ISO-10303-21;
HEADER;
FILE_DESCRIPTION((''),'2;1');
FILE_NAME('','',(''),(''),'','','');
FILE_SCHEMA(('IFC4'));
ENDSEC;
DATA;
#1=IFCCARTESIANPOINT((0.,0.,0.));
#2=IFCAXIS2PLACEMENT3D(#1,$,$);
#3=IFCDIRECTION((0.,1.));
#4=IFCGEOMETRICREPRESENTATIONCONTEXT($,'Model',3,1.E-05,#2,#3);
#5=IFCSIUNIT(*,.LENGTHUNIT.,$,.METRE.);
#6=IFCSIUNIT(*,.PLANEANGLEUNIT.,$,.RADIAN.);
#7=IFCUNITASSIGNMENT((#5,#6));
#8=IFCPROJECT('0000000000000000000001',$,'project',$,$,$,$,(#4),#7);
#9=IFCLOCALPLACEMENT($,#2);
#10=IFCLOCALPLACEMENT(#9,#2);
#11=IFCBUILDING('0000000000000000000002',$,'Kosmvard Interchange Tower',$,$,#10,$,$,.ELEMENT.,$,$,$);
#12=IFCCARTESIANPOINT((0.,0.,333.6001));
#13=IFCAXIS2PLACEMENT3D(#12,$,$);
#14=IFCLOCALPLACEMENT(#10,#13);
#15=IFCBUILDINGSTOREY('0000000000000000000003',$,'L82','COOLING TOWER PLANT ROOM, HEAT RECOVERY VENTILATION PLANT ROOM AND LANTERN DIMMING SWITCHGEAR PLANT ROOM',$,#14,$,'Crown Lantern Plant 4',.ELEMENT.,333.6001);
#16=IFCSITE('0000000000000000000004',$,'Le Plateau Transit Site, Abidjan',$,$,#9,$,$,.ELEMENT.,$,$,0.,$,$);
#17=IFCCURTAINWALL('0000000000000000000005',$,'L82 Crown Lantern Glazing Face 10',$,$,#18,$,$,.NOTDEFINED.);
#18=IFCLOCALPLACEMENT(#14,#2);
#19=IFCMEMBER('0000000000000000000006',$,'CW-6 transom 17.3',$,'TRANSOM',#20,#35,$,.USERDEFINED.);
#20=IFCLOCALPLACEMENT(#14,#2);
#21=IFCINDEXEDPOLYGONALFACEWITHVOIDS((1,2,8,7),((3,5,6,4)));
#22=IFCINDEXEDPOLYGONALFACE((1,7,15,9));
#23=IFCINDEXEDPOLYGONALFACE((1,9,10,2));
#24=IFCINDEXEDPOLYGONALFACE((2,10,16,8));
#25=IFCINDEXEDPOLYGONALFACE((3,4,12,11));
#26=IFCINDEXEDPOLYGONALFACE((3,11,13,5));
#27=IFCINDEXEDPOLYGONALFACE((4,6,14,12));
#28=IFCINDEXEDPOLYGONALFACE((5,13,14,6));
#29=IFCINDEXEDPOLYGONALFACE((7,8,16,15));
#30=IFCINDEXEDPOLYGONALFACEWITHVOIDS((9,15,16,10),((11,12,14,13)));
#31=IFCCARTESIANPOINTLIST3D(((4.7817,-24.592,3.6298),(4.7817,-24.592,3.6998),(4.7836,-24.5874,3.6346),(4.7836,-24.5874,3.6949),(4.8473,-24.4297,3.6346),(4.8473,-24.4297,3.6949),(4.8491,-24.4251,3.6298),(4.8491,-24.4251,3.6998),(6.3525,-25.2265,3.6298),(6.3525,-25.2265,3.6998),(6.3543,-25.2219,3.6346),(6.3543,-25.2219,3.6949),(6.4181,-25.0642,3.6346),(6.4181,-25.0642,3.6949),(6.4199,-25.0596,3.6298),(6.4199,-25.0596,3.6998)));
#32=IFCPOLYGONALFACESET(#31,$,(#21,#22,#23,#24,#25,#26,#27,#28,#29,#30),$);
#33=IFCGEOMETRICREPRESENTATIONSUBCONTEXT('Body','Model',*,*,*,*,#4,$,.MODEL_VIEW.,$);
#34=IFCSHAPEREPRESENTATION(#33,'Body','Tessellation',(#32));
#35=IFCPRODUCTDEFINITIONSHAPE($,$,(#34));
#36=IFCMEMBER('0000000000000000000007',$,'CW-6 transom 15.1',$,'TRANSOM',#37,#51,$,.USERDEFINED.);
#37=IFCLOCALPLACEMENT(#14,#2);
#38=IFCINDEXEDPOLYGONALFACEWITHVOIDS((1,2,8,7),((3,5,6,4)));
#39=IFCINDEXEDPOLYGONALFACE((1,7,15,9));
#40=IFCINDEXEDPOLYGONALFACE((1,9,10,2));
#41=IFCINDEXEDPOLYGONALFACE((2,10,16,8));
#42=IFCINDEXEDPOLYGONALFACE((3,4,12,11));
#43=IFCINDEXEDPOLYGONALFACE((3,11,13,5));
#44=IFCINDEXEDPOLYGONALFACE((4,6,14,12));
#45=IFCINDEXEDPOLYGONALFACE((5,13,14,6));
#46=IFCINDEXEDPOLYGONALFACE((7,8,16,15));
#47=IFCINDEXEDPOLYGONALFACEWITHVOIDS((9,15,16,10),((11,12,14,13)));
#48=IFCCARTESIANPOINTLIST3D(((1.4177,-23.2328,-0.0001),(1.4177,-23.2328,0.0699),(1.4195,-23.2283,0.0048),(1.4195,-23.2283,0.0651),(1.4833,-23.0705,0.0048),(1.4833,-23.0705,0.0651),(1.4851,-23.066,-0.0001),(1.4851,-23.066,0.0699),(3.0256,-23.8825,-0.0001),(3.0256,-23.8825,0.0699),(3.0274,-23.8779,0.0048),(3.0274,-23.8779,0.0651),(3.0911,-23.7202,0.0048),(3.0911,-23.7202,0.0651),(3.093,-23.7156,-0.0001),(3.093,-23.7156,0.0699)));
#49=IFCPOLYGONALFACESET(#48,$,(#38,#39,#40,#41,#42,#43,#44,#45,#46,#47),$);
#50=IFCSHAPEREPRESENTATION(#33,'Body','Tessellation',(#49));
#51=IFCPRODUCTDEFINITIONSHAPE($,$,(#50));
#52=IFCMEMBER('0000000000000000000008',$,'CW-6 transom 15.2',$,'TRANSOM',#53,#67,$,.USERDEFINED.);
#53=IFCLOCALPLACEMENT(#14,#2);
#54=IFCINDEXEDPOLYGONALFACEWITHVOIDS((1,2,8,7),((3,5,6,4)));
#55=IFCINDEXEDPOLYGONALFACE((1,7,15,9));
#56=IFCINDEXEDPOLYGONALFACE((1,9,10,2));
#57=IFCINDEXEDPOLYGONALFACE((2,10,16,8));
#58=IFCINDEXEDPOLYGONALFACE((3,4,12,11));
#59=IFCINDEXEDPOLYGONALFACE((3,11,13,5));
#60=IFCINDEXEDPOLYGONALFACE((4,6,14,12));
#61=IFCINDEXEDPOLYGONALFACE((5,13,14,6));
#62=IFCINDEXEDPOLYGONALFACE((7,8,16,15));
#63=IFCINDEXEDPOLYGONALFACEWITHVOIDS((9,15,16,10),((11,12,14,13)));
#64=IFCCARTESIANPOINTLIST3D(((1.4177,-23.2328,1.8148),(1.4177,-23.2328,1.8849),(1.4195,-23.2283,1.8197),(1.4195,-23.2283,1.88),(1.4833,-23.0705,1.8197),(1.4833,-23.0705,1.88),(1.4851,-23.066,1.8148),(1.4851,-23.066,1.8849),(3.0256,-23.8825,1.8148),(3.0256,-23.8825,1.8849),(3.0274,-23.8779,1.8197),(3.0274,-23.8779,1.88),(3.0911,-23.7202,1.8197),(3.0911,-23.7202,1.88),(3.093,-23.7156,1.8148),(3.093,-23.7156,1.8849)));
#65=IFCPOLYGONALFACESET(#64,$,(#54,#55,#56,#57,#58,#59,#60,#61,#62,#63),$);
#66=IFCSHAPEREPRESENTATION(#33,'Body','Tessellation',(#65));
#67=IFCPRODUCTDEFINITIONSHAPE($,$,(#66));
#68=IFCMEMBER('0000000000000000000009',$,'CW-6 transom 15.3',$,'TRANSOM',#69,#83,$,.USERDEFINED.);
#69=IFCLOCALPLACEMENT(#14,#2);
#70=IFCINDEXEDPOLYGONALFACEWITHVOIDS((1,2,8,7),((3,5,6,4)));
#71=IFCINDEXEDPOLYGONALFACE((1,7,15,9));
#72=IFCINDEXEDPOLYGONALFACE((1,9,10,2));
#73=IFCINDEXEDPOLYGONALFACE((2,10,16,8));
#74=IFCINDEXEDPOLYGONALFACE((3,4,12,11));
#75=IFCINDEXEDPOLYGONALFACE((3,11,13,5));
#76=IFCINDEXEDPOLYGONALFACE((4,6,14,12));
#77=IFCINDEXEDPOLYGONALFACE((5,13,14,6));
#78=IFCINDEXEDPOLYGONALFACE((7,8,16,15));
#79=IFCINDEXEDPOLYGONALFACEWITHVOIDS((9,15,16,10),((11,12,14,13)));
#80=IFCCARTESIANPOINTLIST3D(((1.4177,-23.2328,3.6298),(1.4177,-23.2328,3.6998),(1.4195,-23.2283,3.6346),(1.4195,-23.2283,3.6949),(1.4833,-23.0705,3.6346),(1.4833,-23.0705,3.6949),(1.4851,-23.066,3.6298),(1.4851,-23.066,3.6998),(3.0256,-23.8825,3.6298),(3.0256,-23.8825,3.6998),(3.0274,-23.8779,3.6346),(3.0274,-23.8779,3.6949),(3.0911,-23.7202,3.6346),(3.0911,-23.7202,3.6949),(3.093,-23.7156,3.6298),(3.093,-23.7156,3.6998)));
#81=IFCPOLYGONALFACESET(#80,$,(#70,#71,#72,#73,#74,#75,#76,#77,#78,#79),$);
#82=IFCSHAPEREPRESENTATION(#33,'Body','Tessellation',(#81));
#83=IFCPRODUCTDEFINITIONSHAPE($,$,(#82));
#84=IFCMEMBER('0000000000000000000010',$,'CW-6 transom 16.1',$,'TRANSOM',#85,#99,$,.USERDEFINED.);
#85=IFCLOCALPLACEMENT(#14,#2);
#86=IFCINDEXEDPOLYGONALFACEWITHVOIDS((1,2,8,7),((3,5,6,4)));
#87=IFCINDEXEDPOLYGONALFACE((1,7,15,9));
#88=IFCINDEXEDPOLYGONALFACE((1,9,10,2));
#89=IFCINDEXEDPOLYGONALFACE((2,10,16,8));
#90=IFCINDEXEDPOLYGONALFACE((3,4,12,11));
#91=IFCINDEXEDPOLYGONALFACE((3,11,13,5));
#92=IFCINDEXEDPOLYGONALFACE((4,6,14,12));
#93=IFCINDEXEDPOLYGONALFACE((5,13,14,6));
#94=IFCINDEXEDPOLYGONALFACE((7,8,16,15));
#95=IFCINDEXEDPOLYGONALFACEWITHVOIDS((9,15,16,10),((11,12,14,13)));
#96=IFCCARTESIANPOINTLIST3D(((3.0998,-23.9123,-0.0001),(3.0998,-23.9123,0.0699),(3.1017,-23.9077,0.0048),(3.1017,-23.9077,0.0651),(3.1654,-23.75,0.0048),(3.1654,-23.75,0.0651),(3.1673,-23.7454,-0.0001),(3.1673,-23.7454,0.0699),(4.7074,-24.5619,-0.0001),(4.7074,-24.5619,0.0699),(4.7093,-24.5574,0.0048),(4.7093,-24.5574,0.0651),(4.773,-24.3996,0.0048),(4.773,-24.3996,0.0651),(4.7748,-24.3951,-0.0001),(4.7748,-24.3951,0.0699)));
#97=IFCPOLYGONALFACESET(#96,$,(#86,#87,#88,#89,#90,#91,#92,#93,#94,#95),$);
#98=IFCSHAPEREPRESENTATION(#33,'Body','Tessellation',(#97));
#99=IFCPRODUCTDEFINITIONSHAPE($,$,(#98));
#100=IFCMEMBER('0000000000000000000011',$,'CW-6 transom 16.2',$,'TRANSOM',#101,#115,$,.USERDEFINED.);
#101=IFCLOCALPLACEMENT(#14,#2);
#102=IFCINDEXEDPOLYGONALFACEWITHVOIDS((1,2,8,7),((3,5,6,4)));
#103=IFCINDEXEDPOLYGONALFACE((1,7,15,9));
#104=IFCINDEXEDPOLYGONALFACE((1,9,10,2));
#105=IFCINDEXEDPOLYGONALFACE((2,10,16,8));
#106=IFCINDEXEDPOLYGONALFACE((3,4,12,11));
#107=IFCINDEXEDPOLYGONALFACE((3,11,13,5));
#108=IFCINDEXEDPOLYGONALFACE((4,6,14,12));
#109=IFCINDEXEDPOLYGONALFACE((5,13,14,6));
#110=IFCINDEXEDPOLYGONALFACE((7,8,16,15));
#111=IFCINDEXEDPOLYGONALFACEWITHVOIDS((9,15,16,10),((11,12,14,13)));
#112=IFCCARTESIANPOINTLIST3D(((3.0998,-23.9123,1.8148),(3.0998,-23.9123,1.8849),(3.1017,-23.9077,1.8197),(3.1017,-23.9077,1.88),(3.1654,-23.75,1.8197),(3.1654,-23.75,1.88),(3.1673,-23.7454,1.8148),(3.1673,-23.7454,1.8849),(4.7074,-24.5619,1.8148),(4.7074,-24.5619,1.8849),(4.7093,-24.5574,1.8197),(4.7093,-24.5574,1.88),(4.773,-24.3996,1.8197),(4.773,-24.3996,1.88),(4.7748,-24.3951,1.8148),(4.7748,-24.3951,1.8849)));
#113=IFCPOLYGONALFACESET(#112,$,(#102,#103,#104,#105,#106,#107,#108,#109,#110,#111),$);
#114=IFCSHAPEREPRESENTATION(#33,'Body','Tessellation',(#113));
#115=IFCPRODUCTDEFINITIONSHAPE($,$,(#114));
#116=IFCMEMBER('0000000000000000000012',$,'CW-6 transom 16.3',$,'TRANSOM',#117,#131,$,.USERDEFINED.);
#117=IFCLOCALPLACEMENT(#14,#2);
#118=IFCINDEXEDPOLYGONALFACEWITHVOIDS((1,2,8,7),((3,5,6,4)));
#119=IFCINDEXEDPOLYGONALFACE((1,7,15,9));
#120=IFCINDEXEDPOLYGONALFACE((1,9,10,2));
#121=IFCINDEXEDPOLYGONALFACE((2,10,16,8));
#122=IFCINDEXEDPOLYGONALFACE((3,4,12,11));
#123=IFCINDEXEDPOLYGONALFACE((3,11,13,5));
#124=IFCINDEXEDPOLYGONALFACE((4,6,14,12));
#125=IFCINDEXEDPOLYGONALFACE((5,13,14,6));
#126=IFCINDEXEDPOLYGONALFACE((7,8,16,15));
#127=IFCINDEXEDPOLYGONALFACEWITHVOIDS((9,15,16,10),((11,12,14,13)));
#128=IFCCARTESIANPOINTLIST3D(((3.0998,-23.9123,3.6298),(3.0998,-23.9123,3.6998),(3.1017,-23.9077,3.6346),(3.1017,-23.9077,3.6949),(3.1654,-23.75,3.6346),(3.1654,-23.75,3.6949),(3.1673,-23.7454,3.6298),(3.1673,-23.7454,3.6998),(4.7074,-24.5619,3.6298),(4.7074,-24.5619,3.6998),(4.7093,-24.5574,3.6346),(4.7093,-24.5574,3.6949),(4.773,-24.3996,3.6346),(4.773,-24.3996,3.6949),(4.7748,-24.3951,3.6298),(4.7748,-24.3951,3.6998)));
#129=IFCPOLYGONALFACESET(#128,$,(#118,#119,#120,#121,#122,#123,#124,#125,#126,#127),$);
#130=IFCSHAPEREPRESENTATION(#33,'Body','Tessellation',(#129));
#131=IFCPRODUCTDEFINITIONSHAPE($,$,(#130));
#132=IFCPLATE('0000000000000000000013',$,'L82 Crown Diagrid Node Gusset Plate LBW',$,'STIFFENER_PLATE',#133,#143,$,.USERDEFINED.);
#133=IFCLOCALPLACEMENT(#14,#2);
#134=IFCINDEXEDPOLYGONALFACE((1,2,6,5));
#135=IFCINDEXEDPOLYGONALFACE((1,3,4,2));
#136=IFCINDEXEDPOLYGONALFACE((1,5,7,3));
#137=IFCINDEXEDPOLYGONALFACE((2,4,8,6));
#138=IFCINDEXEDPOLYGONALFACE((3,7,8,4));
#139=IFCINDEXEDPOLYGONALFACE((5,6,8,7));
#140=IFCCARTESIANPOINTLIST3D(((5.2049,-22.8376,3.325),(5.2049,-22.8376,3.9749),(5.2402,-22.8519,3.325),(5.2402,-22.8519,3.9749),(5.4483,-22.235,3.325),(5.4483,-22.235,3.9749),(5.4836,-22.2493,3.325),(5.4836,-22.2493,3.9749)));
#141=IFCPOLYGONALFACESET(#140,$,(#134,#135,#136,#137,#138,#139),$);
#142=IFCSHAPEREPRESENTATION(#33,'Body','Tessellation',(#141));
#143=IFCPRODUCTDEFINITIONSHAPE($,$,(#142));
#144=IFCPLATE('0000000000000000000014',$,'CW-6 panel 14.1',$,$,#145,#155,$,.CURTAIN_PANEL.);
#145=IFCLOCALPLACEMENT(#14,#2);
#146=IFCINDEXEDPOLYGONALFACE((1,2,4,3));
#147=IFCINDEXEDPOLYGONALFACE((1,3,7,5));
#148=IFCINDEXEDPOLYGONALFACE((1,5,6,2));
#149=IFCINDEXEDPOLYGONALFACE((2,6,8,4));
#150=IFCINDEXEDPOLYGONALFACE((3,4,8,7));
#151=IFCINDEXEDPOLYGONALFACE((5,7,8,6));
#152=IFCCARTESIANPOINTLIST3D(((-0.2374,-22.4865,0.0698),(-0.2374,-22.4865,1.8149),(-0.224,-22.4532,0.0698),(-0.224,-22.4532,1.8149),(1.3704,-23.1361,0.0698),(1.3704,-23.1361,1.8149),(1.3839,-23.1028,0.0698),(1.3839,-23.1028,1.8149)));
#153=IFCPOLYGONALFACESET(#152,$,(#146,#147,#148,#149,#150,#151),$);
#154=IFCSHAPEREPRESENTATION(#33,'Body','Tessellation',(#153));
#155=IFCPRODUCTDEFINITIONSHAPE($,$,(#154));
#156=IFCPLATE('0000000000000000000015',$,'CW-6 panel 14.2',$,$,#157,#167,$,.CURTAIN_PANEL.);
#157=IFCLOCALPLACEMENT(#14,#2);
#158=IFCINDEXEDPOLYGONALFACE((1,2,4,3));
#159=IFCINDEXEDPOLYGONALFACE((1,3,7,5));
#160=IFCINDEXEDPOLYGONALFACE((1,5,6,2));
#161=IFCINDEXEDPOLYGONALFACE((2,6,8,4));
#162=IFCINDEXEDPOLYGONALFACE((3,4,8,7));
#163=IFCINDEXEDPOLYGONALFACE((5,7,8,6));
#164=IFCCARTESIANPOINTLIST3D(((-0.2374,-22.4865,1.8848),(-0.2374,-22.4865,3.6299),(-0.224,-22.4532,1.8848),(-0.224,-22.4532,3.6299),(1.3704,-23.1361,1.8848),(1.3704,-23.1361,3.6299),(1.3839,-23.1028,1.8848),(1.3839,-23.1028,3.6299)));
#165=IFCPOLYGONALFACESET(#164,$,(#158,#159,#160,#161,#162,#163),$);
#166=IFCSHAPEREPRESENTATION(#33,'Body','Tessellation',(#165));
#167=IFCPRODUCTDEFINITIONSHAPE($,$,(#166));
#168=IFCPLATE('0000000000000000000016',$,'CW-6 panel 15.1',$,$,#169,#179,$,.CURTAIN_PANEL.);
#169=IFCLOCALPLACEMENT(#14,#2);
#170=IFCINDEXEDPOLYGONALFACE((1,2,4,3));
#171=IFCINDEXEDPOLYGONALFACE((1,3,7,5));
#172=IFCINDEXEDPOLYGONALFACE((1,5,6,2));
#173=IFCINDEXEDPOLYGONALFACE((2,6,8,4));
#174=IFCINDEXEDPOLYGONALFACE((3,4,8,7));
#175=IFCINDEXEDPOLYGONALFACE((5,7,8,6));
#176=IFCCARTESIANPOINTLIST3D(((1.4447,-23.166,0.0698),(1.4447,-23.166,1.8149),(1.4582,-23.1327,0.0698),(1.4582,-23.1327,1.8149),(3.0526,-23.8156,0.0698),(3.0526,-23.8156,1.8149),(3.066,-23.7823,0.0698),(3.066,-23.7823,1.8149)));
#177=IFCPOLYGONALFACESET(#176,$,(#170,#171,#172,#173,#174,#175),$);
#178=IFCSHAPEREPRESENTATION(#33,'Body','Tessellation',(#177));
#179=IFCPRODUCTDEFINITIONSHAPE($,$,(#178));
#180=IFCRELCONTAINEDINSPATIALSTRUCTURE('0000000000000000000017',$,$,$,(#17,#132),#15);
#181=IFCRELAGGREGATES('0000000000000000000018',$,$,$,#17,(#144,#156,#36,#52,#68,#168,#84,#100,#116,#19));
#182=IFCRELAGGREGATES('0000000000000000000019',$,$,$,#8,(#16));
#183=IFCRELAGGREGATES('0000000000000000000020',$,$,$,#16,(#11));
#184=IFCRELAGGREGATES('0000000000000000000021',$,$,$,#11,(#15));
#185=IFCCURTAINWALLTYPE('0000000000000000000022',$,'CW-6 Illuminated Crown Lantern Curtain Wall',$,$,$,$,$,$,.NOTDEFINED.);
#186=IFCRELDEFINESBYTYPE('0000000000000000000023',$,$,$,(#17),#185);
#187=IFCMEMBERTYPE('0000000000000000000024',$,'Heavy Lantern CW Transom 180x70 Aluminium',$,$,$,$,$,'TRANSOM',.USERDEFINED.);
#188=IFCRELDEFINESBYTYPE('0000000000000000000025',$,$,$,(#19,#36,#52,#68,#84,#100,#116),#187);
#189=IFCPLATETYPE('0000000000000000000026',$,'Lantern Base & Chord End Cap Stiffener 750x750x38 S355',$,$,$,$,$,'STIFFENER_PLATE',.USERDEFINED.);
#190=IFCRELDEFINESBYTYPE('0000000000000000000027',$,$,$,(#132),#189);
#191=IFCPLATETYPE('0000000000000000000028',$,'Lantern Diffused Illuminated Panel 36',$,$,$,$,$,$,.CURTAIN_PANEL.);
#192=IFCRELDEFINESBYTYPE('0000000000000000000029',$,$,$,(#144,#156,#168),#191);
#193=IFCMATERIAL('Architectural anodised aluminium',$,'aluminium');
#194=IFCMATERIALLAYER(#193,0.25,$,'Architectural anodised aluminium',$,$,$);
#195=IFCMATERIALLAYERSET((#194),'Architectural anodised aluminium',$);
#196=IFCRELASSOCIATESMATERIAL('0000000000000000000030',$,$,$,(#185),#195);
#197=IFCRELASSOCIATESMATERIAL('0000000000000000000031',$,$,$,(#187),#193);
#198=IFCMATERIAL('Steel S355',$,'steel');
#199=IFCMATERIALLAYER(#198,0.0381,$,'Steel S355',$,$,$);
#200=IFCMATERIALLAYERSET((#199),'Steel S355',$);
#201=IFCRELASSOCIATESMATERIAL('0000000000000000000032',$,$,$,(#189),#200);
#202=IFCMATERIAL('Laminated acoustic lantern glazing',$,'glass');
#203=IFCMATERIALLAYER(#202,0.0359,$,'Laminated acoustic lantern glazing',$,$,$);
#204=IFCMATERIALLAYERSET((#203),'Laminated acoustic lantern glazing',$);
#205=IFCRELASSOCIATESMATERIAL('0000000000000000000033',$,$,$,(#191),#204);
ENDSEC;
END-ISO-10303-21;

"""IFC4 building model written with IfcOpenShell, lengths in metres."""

from ifc_helpers import new_model, si_unit, direction, frame, origin, origin_2d, place, context, subcontext, project, spatial, rectangle, hollow_rectangle, extrude, source, transform, mapped, material, layer, layer_set, material_profile, profile_set, type_object, element, aggregate, save


model = new_model("IFC4")

# Units and contexts
model_context = context("Model", 3, precision=1e-05, world=origin(), true_north=direction((0.0, 1.0)))
body_context = subcontext(model_context, "Body", "Model", "MODEL_VIEW")
ifc_project = project(units=[si_unit("LENGTHUNIT", "METRE"), si_unit("PLANEANGLEUNIT", "RADIAN")], contexts=[model_context])

# Site, building, storey
site_placement = place(None, origin())
site = spatial("IfcSite", under=ifc_project, at=site_placement, Name="Le Plateau Transit Site, Abidjan", CompositionType="ELEMENT", RefElevation=0.0)
building_placement = place(site_placement, origin())
building = spatial("IfcBuilding", under=site, at=building_placement, Name="Kosmvard Interchange Tower", CompositionType="ELEMENT")
storey_placement = place(building_placement, frame((0.0, 0.0, 333.6001)))
storey = spatial("IfcBuildingStorey", under=building, at=storey_placement, Name="L82", Description="COOLING TOWER PLANT ROOM, HEAT RECOVERY VENTILATION PLANT ROOM AND LANTERN DIMMING SWITCHGEAR PLANT ROOM", LongName="Crown Lantern Plant 4", CompositionType="ELEMENT", Elevation=333.6001)

# Shared definitions
ifc_material_1 = material(Name="Steel S355", Category="steel")

# Curtain wall, members
ifc_material_2 = material(Name="Architectural anodised aluminium", Category="aluminium")
ifc_layer_1 = layer(ifc_material_2, 0.25, Name="Architectural anodised aluminium")
ifc_layer_set_1 = layer_set([ifc_layer_1], Name="Architectural anodised aluminium")
curtain_wall_type = type_object("IfcCurtainWallType", Name="CW-6 Illuminated Crown Lantern Curtain Wall", PredefinedType="NOTDEFINED", material=ifc_layer_set_1)
curtain_wall_placement = place(storey_placement, origin())
curtain_wall = element("IfcCurtainWall", 1, at=curtain_wall_placement, inside=storey, type_object=curtain_wall_type, Name="L82 Crown Lantern Glazing Face 10", PredefinedType="NOTDEFINED")
ifc_material_profile_1 = material_profile(ifc_material_2, hollow_rectangle(XDim=0.1799, YDim=0.0701, WallThickness=0.0049, at=origin_2d()), Name="CWT 180x70x5")
ifc_profile_set_1 = profile_set([ifc_material_profile_1], Name="Architectural anodised aluminium")
member_type_1 = type_object("IfcMemberType", Name="Heavy Lantern CW Transom 180x70 Aluminium", ElementType="TRANSOM", PredefinedType="USERDEFINED", material=ifc_profile_set_1)
shared_shape_1 = source(origin(), body_context, "Body", "SweptSolid", [
    extrude(hollow_rectangle(XDim=0.1799, YDim=0.0701, WallThickness=0.0049, at=origin_2d()), origin(), (0.0, 0.0, 1.0), 1.6941),
])
member_1_placement = place(storey_placement, frame((4.8154, -24.5085, 3.6648), z_axis=(0.927209, -0.374544, 0.0), x_axis=(0.374544, 0.927209, 0.0)))
member_1 = element("IfcMember", 2, at=member_1_placement, type_object=member_type_1, Name="CW-6 transom 17.3", ObjectType="TRANSOM", PredefinedType="USERDEFINED", context=body_context, shape_type="MappedRepresentation", body=[
    mapped(shared_shape_1, transform((0.0, 0.0, 0.0), scale=1.0)),
])
shared_shape_2 = source(origin(), body_context, "Body", "SweptSolid", [
    extrude(hollow_rectangle(XDim=0.1799, YDim=0.0701, WallThickness=0.0049, at=origin_2d()), origin(), (0.0, 0.0, 1.0), 1.7341),
])
member_2_placement = place(storey_placement, frame((1.4514, -23.1494, 0.0349), z_axis=(0.92718, -0.374617, 0.0), x_axis=(0.374617, 0.92718, 0.0)))
member_2 = element("IfcMember", 3, at=member_2_placement, type_object=member_type_1, Name="CW-6 transom 15.1", ObjectType="TRANSOM", PredefinedType="USERDEFINED", context=body_context, shape_type="MappedRepresentation", body=[
    mapped(shared_shape_2, transform((0.0, 0.0, 0.0), scale=1.0)),
])
member_3_placement = place(storey_placement, frame((1.4514, -23.1494, 1.8499), z_axis=(0.92718, -0.374617, 0.0), x_axis=(0.374617, 0.92718, 0.0)))
member_3 = element("IfcMember", 4, at=member_3_placement, type_object=member_type_1, Name="CW-6 transom 15.2", ObjectType="TRANSOM", PredefinedType="USERDEFINED", context=body_context, shape_type="MappedRepresentation", body=[
    mapped(shared_shape_2, transform((0.0, 0.0, 0.0), scale=1.0)),
])
member_4_placement = place(storey_placement, frame((1.4514, -23.1494, 3.6648), z_axis=(0.92718, -0.374617, 0.0), x_axis=(0.374617, 0.92718, 0.0)))
member_4 = element("IfcMember", 5, at=member_4_placement, type_object=member_type_1, Name="CW-6 transom 15.3", ObjectType="TRANSOM", PredefinedType="USERDEFINED", context=body_context, shape_type="MappedRepresentation", body=[
    mapped(shared_shape_2, transform((0.0, 0.0, 0.0), scale=1.0)),
])
shared_shape_3 = source(origin(), body_context, "Body", "SweptSolid", [
    extrude(hollow_rectangle(XDim=0.1799, YDim=0.0701, WallThickness=0.0049, at=origin_2d()), origin(), (0.0, 0.0, 1.0), 1.7339),
])
member_5_placement = place(storey_placement, frame((3.1335, -23.8289, 0.0349), z_axis=(0.92716, -0.374666, 0.0), x_axis=(0.374666, 0.92716, 0.0)))
member_5 = element("IfcMember", 6, at=member_5_placement, type_object=member_type_1, Name="CW-6 transom 16.1", ObjectType="TRANSOM", PredefinedType="USERDEFINED", context=body_context, shape_type="MappedRepresentation", body=[
    mapped(shared_shape_3, transform((0.0, 0.0, 0.0), scale=1.0)),
])
member_6_placement = place(storey_placement, frame((3.1335, -23.8289, 1.8499), z_axis=(0.92716, -0.374666, 0.0), x_axis=(0.374666, 0.92716, 0.0)))
member_6 = element("IfcMember", 7, at=member_6_placement, type_object=member_type_1, Name="CW-6 transom 16.2", ObjectType="TRANSOM", PredefinedType="USERDEFINED", context=body_context, shape_type="MappedRepresentation", body=[
    mapped(shared_shape_3, transform((0.0, 0.0, 0.0), scale=1.0)),
])
member_7_placement = place(storey_placement, frame((3.1335, -23.8289, 3.6648), z_axis=(0.92716, -0.374666, 0.0), x_axis=(0.374666, 0.92716, 0.0)))
member_7 = element("IfcMember", 8, at=member_7_placement, type_object=member_type_1, Name="CW-6 transom 16.3", ObjectType="TRANSOM", PredefinedType="USERDEFINED", context=body_context, shape_type="MappedRepresentation", body=[
    mapped(shared_shape_3, transform((0.0, 0.0, 0.0), scale=1.0)),
])

# Plates
ifc_layer_2 = layer(ifc_material_1, 0.0381, Name="Steel S355")
ifc_layer_set_2 = layer_set([ifc_layer_2], Name="Steel S355")
plate_type_1 = type_object("IfcPlateType", Name="Lantern Base & Chord End Cap Stiffener 750x750x38 S355", ElementType="STIFFENER_PLATE", PredefinedType="USERDEFINED", material=ifc_layer_set_2)
shared_shape_4 = source(origin(), body_context, "Body", "SweptSolid", [
    extrude(rectangle(XDim=0.6499, YDim=0.0381, at=origin_2d()), origin(), (0.0, 0.0, 1.0), 0.6499),
])
plate_1_placement = place(storey_placement, frame((5.3442, -22.5435, 3.325), z_axis=(0.0, 0.0, 1.0), x_axis=(0.374607, 0.927184, 0.0)))
element("IfcPlate", 9, at=plate_1_placement, inside=storey, type_object=plate_type_1, Name="L82 Crown Diagrid Node Gusset Plate LBW", ObjectType="STIFFENER_PLATE", PredefinedType="USERDEFINED", context=body_context, shape_type="MappedRepresentation", body=[
    mapped(shared_shape_4, transform((0.0, 0.0, 0.0), scale=1.0)),
])
ifc_material_3 = material(Name="Laminated acoustic lantern glazing", Category="glass")
ifc_layer_3 = layer(ifc_material_3, 0.0359, Name="Laminated acoustic lantern glazing")
ifc_layer_set_3 = layer_set([ifc_layer_3], Name="Laminated acoustic lantern glazing")
plate_type_2 = type_object("IfcPlateType", Name="Lantern Diffused Illuminated Panel 36", PredefinedType="CURTAIN_PANEL", material=ifc_layer_set_3)
shared_shape_5 = source(origin(), body_context, "Body", "SweptSolid", [
    extrude(rectangle(XDim=1.7341, YDim=0.0359, at=origin_2d()), origin(), (0.0, 0.0, 1.0), 1.7451),
])
plate_2_placement = place(storey_placement, frame((0.5732, -22.7947, 0.0698), z_axis=(0.0, 0.0, 1.0), x_axis=(0.927184, -0.374607, 0.0)))
plate_2 = element("IfcPlate", 10, at=plate_2_placement, type_object=plate_type_2, Name="CW-6 panel 14.1", PredefinedType="CURTAIN_PANEL", context=body_context, shape_type="MappedRepresentation", body=[
    mapped(shared_shape_5, transform((0.0, 0.0, 0.0), scale=1.0)),
])
plate_3_placement = place(storey_placement, frame((0.5732, -22.7947, 1.8848), z_axis=(0.0, 0.0, 1.0), x_axis=(0.927184, -0.374607, 0.0)))
plate_3 = element("IfcPlate", 11, at=plate_3_placement, type_object=plate_type_2, Name="CW-6 panel 14.2", PredefinedType="CURTAIN_PANEL", context=body_context, shape_type="MappedRepresentation", body=[
    mapped(shared_shape_5, transform((0.0, 0.0, 0.0), scale=1.0)),
])
plate_4_placement = place(storey_placement, frame((2.2554, -23.4741, 0.0698), z_axis=(0.0, 0.0, 1.0), x_axis=(0.927184, -0.374607, 0.0)))
plate_4 = element("IfcPlate", 12, at=plate_4_placement, type_object=plate_type_2, Name="CW-6 panel 15.1", PredefinedType="CURTAIN_PANEL", context=body_context, shape_type="MappedRepresentation", body=[
    mapped(shared_shape_5, transform((0.0, 0.0, 0.0), scale=1.0)),
])
aggregate(curtain_wall, [plate_2, plate_3, member_2, member_3, member_4, plate_4, member_5, member_6, member_7, member_1])

save(model, "model.ifc")
